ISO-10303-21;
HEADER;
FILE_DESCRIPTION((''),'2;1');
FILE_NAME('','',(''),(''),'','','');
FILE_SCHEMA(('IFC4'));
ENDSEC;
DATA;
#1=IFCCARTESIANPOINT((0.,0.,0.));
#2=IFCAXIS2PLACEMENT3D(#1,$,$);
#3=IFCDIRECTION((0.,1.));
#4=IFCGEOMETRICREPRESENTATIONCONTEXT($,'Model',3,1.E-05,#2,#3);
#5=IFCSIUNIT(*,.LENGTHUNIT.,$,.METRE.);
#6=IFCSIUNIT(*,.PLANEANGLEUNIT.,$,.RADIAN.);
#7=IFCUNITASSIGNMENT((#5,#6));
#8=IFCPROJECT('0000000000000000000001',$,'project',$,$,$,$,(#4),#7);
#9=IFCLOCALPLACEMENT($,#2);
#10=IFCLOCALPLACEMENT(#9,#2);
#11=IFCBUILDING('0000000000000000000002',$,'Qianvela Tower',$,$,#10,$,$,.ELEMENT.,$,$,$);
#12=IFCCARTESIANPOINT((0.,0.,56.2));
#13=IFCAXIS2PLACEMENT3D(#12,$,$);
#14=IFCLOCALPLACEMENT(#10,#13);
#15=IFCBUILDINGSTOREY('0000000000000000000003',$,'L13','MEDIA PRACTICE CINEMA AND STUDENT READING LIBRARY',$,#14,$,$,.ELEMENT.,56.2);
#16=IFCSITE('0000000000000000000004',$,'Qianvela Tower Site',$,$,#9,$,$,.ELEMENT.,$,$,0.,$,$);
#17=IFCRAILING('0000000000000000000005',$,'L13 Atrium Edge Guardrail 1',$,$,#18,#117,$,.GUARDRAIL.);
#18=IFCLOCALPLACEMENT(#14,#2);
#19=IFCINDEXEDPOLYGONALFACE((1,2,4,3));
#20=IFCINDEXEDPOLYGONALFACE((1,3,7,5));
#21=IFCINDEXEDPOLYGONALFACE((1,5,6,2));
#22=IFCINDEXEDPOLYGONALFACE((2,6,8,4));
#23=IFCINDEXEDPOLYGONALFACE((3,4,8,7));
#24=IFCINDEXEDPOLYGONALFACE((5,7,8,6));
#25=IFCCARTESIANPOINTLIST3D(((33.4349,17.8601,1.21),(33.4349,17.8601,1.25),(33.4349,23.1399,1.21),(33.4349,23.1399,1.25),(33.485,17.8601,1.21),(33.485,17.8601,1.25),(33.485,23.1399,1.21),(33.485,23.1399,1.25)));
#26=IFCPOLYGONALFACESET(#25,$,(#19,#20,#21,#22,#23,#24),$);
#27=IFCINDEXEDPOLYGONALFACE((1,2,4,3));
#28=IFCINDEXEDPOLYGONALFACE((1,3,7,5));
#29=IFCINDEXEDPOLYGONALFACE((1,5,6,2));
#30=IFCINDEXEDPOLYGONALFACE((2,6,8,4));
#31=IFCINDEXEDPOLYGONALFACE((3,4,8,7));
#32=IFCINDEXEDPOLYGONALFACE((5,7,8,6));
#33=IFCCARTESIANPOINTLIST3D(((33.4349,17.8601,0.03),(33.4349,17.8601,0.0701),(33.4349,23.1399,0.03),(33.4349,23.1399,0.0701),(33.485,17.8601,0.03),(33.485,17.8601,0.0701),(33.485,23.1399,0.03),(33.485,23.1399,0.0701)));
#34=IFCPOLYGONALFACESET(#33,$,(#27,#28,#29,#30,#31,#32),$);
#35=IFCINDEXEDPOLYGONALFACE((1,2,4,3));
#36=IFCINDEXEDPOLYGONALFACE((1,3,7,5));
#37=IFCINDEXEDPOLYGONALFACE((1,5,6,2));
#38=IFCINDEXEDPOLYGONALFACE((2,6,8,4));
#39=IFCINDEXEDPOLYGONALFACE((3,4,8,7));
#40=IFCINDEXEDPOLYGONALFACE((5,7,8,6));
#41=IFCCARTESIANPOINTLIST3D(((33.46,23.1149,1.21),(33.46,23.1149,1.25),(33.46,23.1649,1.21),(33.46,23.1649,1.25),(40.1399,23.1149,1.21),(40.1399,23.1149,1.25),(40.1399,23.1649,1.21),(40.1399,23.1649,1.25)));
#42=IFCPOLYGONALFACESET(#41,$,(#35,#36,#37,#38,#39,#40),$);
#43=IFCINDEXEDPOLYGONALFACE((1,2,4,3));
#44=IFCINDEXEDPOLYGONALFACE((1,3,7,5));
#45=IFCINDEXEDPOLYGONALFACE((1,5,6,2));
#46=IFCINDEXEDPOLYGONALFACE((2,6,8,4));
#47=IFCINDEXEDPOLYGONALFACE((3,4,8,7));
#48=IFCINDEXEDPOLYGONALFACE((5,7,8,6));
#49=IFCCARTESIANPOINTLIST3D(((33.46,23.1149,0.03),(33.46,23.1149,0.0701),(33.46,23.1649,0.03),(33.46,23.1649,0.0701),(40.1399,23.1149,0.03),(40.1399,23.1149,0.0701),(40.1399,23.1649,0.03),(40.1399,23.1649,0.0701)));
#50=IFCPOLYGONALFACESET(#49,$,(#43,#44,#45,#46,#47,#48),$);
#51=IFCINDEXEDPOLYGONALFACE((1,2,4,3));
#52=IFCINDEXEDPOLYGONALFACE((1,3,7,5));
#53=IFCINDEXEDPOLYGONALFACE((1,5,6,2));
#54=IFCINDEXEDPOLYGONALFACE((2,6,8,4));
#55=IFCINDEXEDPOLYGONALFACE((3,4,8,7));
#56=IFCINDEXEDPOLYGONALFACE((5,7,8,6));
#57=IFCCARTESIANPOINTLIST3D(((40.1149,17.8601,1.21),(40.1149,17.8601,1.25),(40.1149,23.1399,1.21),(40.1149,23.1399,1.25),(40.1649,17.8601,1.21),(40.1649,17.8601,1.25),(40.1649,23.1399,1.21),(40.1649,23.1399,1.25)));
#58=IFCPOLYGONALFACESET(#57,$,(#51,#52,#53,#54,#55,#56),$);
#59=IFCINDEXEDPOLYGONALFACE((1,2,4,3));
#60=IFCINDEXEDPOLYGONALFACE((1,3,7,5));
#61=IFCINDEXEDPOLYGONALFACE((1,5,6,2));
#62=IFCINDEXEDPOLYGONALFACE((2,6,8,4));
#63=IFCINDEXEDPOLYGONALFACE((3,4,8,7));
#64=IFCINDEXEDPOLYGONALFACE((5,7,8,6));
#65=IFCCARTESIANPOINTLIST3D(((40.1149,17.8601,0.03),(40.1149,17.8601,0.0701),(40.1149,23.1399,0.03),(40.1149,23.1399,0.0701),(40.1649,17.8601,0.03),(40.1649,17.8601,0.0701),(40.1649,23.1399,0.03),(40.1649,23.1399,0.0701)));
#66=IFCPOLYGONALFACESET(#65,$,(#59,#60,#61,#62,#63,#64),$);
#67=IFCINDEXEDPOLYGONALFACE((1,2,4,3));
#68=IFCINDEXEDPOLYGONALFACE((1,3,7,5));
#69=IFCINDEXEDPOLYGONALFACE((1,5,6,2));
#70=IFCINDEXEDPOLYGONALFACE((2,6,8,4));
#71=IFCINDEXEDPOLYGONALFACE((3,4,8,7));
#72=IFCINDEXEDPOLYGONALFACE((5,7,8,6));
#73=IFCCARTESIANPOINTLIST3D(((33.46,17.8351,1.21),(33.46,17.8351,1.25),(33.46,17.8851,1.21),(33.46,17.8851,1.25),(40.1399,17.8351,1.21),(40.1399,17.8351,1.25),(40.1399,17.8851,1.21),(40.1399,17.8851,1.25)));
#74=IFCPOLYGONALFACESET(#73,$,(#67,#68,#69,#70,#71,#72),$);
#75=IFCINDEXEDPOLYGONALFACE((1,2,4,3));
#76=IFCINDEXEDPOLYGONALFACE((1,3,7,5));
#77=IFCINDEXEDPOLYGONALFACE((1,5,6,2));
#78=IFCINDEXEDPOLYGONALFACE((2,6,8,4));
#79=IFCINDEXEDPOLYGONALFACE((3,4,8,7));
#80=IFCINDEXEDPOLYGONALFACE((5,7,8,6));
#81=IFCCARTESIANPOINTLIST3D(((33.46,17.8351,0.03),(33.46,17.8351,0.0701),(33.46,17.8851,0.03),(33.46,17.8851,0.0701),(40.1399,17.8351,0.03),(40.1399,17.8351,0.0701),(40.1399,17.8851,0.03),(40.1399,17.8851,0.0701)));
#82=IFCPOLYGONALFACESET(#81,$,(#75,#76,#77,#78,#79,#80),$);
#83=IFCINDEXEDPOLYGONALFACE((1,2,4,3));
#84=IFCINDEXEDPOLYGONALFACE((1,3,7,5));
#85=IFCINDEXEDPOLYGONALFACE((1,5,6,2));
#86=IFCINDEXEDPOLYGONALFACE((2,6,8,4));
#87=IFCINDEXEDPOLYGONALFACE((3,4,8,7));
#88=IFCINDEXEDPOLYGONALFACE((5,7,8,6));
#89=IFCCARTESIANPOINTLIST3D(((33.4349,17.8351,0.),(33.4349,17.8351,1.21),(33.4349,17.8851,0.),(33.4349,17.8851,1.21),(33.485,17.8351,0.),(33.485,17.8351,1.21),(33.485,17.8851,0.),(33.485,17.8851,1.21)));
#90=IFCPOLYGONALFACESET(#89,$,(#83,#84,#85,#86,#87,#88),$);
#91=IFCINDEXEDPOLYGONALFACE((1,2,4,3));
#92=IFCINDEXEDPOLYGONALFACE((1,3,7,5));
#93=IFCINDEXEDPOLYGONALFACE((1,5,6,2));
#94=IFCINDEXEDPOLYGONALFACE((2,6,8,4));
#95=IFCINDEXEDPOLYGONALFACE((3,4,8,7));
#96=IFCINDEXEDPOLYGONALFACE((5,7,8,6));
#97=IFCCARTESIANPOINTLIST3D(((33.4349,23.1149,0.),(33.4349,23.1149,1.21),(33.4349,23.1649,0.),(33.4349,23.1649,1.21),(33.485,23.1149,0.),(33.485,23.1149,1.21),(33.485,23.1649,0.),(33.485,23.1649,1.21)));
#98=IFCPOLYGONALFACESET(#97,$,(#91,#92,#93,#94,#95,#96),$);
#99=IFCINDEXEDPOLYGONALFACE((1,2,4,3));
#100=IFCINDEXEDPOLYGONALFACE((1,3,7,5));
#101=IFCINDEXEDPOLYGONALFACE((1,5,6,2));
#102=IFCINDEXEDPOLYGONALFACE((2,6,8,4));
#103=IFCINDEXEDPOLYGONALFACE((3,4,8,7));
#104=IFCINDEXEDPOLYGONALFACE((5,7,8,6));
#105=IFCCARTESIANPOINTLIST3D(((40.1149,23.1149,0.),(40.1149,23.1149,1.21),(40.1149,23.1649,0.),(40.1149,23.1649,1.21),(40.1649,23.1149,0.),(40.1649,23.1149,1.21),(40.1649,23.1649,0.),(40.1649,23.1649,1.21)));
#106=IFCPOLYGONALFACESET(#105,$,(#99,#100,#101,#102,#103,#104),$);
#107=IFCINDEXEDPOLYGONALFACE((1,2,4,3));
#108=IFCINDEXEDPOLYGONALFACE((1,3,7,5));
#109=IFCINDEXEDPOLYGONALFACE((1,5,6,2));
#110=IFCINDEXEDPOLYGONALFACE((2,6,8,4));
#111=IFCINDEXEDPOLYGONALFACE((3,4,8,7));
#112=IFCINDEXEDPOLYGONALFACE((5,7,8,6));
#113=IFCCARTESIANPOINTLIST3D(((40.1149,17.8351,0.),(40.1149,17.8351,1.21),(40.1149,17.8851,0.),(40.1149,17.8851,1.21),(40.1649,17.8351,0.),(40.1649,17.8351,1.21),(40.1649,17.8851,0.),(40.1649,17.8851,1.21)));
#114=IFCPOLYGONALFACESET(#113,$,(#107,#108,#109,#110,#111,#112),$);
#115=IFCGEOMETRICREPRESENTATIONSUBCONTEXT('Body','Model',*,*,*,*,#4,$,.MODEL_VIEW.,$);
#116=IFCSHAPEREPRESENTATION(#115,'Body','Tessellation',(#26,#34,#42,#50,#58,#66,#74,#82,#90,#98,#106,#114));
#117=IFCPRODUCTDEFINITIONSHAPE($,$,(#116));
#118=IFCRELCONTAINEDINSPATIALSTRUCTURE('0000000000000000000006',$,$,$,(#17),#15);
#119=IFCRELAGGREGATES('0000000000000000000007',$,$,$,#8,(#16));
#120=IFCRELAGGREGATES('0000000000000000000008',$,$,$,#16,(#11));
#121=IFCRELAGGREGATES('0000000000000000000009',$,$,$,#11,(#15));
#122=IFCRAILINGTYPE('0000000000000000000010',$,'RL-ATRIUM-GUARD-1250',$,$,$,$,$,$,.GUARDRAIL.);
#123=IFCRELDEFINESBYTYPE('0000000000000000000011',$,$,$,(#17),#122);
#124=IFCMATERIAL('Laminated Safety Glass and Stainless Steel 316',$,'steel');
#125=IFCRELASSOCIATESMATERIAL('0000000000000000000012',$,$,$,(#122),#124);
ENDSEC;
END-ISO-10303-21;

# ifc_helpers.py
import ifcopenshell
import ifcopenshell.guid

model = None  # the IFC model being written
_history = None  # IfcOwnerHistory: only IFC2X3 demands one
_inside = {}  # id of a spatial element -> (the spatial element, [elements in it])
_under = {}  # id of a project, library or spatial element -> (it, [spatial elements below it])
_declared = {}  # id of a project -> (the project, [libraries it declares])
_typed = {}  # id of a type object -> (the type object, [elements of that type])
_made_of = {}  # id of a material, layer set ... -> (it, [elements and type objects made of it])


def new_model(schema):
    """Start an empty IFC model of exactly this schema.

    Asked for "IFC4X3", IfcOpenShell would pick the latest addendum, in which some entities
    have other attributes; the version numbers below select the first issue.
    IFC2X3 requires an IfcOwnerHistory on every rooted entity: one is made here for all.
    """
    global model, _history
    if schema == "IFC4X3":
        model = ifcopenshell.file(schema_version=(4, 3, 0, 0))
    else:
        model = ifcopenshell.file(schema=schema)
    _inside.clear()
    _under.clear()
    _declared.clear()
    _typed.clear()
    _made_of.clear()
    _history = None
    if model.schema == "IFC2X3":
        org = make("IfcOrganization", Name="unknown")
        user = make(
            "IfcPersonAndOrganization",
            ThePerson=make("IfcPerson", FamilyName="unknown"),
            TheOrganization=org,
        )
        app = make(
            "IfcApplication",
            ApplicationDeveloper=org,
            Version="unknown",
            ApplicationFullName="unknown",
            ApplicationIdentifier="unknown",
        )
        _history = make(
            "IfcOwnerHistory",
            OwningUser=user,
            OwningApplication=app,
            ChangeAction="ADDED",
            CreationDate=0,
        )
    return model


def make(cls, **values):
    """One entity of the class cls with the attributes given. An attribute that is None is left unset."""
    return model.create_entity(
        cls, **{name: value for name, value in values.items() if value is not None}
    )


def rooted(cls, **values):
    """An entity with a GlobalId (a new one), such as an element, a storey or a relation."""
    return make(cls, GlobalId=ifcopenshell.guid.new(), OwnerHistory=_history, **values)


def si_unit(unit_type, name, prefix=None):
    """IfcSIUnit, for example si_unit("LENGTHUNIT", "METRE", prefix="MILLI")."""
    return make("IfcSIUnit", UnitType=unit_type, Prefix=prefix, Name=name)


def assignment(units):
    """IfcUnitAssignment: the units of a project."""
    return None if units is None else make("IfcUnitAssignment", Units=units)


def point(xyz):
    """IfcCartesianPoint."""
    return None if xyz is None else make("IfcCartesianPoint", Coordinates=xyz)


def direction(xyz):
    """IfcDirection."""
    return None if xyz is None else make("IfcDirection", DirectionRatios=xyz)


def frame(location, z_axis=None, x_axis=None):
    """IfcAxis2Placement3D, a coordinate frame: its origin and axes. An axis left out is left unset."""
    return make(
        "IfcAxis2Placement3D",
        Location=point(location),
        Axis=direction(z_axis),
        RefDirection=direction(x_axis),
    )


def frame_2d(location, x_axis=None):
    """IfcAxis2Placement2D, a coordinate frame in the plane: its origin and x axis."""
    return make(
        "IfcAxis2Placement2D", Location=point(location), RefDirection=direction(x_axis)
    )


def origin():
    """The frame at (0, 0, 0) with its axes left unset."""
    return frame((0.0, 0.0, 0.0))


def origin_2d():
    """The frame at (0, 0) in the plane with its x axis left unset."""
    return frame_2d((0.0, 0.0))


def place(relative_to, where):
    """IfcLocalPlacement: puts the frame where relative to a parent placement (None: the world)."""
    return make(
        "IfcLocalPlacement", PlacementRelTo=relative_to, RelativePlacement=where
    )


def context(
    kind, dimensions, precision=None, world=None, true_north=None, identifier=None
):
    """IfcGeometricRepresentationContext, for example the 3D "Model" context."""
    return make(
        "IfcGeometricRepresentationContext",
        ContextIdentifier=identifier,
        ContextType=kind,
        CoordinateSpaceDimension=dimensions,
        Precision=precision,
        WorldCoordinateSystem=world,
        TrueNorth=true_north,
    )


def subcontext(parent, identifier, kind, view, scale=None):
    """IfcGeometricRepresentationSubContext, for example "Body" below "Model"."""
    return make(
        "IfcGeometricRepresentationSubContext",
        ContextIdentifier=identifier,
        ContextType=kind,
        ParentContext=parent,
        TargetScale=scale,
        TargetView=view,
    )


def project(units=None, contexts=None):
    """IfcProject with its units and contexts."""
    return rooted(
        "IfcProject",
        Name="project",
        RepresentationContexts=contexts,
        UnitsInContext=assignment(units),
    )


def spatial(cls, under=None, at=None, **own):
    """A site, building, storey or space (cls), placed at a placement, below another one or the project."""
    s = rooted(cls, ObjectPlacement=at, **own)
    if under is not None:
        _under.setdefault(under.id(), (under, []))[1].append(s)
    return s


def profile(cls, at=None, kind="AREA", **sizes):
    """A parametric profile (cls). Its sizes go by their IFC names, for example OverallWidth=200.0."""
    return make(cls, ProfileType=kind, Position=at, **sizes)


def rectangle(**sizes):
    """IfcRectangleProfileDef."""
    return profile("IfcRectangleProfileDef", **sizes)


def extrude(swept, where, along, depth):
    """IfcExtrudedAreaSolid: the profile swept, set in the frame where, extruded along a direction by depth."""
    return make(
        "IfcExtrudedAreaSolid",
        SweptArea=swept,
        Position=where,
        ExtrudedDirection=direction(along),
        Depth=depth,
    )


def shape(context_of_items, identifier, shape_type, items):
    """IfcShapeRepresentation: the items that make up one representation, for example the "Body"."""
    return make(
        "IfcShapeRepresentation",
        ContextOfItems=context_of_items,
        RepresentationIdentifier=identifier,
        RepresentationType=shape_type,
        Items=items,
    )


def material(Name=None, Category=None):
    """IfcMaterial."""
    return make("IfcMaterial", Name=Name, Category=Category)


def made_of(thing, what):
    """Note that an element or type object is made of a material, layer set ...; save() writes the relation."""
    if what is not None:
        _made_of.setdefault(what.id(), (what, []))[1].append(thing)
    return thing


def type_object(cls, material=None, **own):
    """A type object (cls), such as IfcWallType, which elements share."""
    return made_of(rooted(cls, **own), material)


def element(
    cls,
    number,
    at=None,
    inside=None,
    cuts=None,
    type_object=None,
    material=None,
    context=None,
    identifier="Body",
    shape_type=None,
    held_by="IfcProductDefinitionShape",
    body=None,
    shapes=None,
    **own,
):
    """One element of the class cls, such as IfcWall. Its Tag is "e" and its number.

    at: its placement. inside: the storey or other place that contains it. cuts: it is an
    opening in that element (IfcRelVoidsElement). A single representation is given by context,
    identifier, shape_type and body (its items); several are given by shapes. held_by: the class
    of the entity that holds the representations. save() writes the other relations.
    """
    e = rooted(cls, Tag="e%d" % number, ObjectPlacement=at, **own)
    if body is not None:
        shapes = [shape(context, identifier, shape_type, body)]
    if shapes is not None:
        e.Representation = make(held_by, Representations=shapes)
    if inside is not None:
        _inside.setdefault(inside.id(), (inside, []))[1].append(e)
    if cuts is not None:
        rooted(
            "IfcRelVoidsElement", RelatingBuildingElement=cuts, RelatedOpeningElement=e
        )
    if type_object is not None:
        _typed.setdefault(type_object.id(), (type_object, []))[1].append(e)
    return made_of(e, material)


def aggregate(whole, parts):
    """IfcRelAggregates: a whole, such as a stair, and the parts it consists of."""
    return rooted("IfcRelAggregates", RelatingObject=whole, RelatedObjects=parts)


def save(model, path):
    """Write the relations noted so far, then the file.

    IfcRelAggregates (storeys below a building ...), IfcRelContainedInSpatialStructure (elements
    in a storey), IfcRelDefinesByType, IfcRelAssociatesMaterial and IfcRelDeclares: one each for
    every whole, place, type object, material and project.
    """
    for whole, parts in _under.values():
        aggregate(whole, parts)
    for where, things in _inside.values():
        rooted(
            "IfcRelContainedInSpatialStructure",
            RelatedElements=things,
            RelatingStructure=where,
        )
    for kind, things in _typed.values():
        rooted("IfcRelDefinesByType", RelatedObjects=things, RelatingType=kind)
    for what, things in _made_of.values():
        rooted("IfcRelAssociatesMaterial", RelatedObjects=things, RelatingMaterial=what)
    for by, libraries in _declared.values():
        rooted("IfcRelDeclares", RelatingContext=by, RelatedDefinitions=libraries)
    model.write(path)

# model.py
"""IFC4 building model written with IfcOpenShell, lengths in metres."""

from ifc_helpers import new_model, si_unit, direction, frame, origin, origin_2d, place, context, subcontext, project, spatial, rectangle, extrude, material, type_object, element, save


model = new_model("IFC4")

# Units and contexts
model_context = context("Model", 3, precision=1e-05, world=origin(), true_north=direction((0.0, 1.0)))
body_context = subcontext(model_context, "Body", "Model", "MODEL_VIEW")
ifc_project = project(units=[si_unit("LENGTHUNIT", "METRE"), si_unit("PLANEANGLEUNIT", "RADIAN")], contexts=[model_context])

# Site, building, storey
site_placement = place(None, origin())
site = spatial("IfcSite", under=ifc_project, at=site_placement, Name="Qianvela Tower Site", CompositionType="ELEMENT", RefElevation=0.0)
building_placement = place(site_placement, origin())
building = spatial("IfcBuilding", under=site, at=building_placement, Name="Qianvela Tower", CompositionType="ELEMENT")
storey_placement = place(building_placement, frame((0.0, 0.0, 56.2)))
storey = spatial("IfcBuildingStorey", under=building, at=storey_placement, Name="L13", Description="MEDIA PRACTICE CINEMA AND STUDENT READING LIBRARY", CompositionType="ELEMENT", Elevation=56.2)

# Railing
ifc_material_1 = material(Name="Laminated Safety Glass and Stainless Steel 316", Category="steel")
railing_type = type_object("IfcRailingType", Name="RL-ATRIUM-GUARD-1250", PredefinedType="GUARDRAIL", material=ifc_material_1)
railing_placement = place(storey_placement, frame((33.46, 17.8601, 0.0)))
element("IfcRailing", 1, at=railing_placement, inside=storey, type_object=railing_type, Name="L13 Atrium Edge Guardrail 1", PredefinedType="GUARDRAIL", context=body_context, shape_type="SweptSolid", body=[
    extrude(rectangle(XDim=0.05, YDim=0.04, at=origin_2d()), frame((0.0, 0.0, 1.23), z_axis=(0.0, 1.0, 0.0), x_axis=(-1.0, 0.0, 0.0)), (0.0, 0.0, 1.0), 5.2798),
    extrude(rectangle(XDim=0.05, YDim=0.04, at=origin_2d()), frame((0.0, 0.0, 0.05), z_axis=(0.0, 1.0, 0.0), x_axis=(-1.0, 0.0, 0.0)), (0.0, 0.0, 1.0), 5.2798),
    extrude(rectangle(XDim=0.05, YDim=0.04, at=origin_2d()), frame((0.0, 5.2798, 1.23), z_axis=(1.0, 0.0, 0.0), x_axis=(0.0, 1.0, 0.0)), (0.0, 0.0, 1.0), 6.6799),
    extrude(rectangle(XDim=0.05, YDim=0.04, at=origin_2d()), frame((0.0, 5.2798, 0.05), z_axis=(1.0, 0.0, 0.0), x_axis=(0.0, 1.0, 0.0)), (0.0, 0.0, 1.0), 6.6799),
    extrude(rectangle(XDim=0.05, YDim=0.04, at=origin_2d()), frame((6.6799, 5.2798, 1.23), z_axis=(0.0, -1.0, 0.0), x_axis=(1.0, 0.0, 0.0)), (0.0, 0.0, 1.0), 5.2798),
    extrude(rectangle(XDim=0.05, YDim=0.04, at=origin_2d()), frame((6.6799, 5.2798, 0.05), z_axis=(0.0, -1.0, 0.0), x_axis=(1.0, 0.0, 0.0)), (0.0, 0.0, 1.0), 5.2798),
    extrude(rectangle(XDim=0.05, YDim=0.04, at=origin_2d()), frame((6.6799, 0.0, 1.23), z_axis=(-1.0, 0.0, 0.0), x_axis=(0.0, -1.0, 0.0)), (0.0, 0.0, 1.0), 6.6799),
    extrude(rectangle(XDim=0.05, YDim=0.04, at=origin_2d()), frame((6.6799, 0.0, 0.05), z_axis=(-1.0, 0.0, 0.0), x_axis=(0.0, -1.0, 0.0)), (0.0, 0.0, 1.0), 6.6799),
    extrude(rectangle(XDim=0.05, YDim=0.05, at=origin_2d()), origin(), (0.0, 0.0, 1.0), 1.21),
    extrude(rectangle(XDim=0.05, YDim=0.05, at=origin_2d()), frame((0.0, 5.2798, 0.0)), (0.0, 0.0, 1.0), 1.21),
    extrude(rectangle(XDim=0.05, YDim=0.05, at=origin_2d()), frame((6.6799, 5.2798, 0.0)), (0.0, 0.0, 1.0), 1.21),
    extrude(rectangle(XDim=0.05, YDim=0.05, at=origin_2d()), frame((6.6799, 0.0, 0.0)), (0.0, 0.0, 1.0), 1.21),
])

save(model, "model.ifc")
